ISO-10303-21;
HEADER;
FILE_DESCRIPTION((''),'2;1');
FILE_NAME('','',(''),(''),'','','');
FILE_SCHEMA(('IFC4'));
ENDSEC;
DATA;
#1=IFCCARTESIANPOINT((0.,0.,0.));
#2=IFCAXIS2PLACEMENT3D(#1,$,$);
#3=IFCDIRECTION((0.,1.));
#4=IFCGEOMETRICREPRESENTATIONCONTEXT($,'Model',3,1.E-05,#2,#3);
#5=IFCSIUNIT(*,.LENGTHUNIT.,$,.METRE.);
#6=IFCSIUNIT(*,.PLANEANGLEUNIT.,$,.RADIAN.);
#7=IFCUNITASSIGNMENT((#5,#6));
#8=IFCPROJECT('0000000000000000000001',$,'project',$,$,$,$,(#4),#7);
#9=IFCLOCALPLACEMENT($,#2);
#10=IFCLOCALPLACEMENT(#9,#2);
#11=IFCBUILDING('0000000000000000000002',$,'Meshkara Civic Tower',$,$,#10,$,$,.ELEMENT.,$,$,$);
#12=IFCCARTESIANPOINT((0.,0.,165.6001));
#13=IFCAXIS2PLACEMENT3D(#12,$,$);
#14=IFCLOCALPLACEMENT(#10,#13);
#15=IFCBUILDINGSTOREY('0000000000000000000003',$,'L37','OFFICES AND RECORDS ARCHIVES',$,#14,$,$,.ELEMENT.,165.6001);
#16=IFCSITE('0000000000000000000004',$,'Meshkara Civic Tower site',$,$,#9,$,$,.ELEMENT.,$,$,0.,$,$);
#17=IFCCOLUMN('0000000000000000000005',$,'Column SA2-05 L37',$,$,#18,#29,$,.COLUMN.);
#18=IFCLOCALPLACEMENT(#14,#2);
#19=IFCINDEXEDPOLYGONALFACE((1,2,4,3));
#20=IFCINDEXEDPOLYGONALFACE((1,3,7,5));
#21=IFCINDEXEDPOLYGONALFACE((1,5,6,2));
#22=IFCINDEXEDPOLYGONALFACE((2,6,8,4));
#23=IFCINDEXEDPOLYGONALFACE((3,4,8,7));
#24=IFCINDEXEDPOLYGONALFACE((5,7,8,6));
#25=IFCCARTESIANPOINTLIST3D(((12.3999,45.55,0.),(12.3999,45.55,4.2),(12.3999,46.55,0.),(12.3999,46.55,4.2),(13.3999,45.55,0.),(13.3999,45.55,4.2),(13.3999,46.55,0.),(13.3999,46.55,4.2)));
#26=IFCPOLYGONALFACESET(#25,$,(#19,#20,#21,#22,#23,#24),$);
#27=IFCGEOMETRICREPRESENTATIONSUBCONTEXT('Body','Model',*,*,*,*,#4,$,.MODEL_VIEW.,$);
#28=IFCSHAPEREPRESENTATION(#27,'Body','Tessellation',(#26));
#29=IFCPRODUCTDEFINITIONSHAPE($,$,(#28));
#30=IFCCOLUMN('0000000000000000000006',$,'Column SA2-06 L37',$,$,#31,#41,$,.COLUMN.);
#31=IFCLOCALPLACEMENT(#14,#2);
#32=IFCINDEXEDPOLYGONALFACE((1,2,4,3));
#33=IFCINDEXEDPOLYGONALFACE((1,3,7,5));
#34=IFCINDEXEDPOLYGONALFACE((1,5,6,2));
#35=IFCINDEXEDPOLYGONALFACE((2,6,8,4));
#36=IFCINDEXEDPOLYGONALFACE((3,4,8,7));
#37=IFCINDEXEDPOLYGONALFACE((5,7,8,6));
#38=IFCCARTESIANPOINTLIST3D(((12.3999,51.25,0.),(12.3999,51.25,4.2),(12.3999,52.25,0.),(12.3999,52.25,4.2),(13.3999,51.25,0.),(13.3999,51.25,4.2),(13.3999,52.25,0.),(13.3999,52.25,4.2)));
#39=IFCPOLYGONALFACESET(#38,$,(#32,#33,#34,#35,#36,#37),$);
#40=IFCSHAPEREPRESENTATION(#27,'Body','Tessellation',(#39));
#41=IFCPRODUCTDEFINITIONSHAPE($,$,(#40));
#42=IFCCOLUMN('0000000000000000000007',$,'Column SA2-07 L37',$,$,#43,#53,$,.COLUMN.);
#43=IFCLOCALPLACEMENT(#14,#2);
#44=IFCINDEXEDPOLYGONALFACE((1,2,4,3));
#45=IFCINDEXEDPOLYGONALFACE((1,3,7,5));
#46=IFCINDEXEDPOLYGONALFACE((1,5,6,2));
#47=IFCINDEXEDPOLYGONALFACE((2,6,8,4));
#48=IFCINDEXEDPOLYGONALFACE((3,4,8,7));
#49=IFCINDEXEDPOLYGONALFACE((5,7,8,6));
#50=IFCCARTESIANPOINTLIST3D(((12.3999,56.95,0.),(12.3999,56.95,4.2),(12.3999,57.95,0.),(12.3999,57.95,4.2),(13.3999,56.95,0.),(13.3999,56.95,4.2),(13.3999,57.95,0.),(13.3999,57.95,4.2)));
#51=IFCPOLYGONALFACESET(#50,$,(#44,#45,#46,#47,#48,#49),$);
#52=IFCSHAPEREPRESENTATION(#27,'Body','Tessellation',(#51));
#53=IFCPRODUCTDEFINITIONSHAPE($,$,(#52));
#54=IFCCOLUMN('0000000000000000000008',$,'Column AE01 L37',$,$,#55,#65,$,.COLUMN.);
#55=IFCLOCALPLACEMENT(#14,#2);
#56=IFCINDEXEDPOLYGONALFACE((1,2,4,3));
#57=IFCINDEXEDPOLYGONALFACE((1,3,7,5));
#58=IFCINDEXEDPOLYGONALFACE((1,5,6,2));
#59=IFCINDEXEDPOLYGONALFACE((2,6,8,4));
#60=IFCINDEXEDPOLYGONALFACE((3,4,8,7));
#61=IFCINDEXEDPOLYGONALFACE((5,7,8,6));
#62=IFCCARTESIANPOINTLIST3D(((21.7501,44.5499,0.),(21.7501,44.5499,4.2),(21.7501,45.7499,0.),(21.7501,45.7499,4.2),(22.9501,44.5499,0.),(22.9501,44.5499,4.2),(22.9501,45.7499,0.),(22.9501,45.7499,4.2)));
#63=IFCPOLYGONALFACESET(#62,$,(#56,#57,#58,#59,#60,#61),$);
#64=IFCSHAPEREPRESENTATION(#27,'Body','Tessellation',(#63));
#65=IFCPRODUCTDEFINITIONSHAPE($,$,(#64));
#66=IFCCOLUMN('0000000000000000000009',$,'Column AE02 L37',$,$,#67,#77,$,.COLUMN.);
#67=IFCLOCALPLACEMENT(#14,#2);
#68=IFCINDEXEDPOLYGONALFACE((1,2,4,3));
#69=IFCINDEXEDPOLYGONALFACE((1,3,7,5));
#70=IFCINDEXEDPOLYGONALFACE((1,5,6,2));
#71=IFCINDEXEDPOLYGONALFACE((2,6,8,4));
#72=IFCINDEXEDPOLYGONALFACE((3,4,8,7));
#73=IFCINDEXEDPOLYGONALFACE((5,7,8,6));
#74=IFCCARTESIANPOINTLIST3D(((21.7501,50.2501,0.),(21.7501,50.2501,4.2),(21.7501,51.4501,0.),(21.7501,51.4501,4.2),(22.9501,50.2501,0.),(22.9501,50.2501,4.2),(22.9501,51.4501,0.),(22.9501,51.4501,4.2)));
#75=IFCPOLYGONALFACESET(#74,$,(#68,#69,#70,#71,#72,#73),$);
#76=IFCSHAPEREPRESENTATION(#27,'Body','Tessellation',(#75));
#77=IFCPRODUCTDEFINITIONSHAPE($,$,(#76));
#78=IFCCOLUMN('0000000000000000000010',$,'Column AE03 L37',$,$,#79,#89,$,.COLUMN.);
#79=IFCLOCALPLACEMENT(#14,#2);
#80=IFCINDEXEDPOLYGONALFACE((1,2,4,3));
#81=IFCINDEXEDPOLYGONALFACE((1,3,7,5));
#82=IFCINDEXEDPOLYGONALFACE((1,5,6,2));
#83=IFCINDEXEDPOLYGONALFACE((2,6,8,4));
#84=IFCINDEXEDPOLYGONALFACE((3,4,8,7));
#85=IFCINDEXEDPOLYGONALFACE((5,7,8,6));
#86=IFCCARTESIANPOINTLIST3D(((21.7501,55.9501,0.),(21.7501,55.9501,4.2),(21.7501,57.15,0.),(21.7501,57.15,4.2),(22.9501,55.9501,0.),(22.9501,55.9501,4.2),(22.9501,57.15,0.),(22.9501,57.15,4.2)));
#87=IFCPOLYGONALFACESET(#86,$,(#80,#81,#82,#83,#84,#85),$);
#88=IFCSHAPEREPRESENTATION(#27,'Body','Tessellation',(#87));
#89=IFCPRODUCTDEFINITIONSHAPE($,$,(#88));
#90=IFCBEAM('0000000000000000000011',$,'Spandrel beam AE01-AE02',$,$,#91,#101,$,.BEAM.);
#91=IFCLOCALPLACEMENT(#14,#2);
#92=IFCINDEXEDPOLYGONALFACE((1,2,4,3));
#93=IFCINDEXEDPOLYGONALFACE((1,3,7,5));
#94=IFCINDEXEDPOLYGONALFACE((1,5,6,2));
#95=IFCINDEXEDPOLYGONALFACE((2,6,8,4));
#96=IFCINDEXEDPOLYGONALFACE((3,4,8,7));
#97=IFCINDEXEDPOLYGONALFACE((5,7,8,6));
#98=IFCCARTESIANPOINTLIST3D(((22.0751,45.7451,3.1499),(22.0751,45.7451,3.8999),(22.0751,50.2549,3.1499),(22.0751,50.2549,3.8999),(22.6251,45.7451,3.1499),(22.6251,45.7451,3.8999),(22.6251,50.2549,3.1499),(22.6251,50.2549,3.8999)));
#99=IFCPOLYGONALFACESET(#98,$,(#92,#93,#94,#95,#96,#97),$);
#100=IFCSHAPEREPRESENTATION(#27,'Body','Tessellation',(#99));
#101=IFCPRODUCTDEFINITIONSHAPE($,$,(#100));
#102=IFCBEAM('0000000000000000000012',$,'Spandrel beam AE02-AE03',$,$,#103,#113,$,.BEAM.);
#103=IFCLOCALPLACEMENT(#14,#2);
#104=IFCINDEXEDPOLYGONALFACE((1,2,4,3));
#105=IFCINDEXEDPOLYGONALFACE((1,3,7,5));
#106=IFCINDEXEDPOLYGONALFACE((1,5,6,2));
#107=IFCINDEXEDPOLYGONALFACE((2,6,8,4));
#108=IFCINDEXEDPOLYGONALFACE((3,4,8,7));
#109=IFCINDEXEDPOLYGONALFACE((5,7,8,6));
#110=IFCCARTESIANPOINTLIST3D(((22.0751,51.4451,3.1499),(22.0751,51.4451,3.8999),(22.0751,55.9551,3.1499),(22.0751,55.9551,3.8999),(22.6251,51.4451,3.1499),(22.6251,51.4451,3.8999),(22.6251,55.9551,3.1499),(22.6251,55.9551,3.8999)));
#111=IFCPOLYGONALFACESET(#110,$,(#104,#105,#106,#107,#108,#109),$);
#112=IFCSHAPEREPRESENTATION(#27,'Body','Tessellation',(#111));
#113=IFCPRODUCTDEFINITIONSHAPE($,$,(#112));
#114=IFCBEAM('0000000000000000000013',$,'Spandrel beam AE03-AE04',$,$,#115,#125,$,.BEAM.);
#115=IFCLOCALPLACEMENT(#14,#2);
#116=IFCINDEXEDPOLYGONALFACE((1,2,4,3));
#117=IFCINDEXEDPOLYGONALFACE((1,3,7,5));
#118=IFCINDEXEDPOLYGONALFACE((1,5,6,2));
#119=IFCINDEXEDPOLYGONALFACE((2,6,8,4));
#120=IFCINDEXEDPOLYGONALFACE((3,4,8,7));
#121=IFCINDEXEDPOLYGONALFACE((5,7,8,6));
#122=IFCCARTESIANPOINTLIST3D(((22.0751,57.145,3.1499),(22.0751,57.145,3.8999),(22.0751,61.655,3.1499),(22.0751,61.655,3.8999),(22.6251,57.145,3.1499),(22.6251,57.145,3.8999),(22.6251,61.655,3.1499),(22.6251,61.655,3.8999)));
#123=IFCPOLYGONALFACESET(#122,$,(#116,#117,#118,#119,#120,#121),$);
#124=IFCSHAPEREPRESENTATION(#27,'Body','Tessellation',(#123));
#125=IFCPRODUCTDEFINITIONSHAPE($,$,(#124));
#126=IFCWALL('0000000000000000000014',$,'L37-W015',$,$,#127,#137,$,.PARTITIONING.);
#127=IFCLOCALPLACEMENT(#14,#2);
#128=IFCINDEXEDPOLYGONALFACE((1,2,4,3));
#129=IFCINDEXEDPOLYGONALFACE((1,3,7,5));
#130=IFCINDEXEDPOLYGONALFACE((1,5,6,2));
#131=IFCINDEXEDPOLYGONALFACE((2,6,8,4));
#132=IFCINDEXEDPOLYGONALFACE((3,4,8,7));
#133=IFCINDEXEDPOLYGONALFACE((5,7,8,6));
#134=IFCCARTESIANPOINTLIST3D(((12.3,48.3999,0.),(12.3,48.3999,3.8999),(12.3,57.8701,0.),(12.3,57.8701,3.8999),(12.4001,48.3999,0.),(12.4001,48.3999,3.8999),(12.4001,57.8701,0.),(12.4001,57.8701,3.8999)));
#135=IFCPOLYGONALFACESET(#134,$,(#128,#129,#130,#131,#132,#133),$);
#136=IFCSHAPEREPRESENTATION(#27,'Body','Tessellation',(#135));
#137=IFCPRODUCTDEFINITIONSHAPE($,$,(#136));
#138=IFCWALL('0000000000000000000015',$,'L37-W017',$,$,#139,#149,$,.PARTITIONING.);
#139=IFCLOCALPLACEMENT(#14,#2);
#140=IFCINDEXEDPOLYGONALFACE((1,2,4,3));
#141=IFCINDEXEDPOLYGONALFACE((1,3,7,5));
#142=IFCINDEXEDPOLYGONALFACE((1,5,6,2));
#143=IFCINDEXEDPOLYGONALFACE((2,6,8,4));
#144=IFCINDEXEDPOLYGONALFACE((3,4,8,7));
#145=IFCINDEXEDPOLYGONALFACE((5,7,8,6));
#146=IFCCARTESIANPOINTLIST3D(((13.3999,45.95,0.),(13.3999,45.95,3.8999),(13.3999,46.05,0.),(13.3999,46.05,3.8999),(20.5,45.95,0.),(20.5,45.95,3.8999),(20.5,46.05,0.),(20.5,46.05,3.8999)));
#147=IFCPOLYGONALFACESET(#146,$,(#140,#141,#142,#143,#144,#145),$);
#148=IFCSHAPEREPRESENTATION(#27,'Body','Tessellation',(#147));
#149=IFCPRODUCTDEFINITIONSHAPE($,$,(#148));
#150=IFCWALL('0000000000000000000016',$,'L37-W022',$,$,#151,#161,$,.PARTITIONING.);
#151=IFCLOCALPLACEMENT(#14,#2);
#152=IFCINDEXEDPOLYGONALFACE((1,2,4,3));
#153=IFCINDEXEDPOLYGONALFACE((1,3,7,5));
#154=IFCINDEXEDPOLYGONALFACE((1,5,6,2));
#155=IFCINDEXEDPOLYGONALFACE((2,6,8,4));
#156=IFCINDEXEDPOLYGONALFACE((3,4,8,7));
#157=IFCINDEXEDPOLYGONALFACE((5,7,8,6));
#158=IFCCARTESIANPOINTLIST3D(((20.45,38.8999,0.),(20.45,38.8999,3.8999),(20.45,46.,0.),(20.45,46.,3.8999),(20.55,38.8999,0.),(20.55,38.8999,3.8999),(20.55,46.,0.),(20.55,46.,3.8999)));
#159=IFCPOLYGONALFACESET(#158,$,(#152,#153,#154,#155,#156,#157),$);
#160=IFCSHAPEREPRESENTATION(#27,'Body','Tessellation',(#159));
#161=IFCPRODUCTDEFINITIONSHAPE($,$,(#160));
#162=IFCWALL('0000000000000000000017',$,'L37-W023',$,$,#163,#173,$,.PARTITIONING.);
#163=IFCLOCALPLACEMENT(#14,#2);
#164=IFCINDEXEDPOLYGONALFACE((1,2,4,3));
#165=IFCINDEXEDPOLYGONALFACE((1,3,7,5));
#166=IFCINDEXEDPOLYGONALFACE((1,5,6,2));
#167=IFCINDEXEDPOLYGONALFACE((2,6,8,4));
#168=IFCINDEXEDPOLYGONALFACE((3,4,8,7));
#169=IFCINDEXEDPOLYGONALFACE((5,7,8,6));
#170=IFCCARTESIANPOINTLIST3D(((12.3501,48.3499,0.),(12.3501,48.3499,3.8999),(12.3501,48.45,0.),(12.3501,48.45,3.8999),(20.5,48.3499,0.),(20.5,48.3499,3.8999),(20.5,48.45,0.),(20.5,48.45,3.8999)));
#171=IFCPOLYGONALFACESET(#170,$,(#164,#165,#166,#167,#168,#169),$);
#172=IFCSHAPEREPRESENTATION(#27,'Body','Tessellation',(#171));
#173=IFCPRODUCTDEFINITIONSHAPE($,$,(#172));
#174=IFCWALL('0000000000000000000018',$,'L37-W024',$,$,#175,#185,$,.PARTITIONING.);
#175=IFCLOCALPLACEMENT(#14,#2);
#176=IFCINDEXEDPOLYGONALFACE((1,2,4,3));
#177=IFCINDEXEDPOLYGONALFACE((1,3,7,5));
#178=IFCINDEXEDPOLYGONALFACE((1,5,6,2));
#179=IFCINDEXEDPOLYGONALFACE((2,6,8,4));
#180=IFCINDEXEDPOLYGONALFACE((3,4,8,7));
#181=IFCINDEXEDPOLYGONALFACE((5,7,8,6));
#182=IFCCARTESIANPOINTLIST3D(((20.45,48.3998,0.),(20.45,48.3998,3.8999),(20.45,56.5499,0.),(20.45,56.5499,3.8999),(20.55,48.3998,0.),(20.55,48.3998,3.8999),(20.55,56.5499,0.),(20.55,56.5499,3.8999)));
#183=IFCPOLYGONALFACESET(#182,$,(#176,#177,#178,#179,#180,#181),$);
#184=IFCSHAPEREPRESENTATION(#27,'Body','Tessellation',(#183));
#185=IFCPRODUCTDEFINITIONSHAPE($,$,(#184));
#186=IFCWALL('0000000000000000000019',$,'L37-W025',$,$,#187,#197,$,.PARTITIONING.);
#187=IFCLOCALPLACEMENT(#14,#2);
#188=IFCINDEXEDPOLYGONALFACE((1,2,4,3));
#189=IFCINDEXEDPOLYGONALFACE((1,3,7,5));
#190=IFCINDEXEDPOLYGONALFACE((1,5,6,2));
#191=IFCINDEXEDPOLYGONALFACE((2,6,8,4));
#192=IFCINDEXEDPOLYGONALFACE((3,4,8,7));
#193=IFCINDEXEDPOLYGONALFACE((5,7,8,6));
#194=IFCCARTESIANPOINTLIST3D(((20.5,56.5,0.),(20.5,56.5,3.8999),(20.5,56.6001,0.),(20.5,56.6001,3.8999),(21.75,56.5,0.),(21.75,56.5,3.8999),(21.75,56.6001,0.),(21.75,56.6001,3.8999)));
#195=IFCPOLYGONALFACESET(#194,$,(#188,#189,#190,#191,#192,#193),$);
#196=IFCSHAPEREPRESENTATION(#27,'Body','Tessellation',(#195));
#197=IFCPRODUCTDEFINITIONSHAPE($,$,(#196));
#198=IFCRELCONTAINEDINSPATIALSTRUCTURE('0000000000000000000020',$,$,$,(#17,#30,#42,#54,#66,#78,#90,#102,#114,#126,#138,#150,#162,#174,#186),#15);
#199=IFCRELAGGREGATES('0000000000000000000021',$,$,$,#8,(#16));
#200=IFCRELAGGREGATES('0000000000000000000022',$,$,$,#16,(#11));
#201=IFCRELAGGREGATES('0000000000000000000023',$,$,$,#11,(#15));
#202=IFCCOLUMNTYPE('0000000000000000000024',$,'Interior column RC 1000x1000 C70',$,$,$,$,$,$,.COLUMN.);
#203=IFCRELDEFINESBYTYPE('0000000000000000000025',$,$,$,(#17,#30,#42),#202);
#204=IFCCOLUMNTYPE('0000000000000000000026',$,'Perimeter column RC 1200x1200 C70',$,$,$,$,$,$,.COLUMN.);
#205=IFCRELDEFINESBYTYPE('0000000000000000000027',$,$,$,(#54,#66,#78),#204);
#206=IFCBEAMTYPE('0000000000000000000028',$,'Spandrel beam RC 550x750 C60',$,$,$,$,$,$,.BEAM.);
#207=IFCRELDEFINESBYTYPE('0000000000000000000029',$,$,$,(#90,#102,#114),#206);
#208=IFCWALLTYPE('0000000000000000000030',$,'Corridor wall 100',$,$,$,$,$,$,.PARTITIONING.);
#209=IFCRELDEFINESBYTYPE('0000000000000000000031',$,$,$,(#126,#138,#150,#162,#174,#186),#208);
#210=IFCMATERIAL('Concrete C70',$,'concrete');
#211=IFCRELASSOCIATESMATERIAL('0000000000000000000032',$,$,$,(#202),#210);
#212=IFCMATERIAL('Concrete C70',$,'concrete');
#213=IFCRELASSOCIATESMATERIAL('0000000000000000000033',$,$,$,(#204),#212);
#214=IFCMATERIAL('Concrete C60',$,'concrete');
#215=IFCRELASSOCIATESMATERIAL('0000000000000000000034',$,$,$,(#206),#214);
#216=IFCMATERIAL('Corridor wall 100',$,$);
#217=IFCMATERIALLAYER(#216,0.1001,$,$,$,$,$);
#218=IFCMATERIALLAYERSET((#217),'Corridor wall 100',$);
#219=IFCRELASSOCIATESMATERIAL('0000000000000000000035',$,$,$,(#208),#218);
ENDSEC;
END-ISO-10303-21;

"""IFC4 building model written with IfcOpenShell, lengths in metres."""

from ifc_helpers import new_model, si_unit, direction, frame, frame_2d, origin, origin_2d, place, context, subcontext, project, spatial, rectangle, extrude, material, layer, layer_set, material_profile, profile_set, type_object, element, save


model = new_model("IFC4")

# Units and contexts
model_context = context("Model", 3, precision=1e-05, world=origin(), true_north=direction((0.0, 1.0)))
body_context = subcontext(model_context, "Body", "Model", "MODEL_VIEW")
ifc_project = project(units=[si_unit("LENGTHUNIT", "METRE"), si_unit("PLANEANGLEUNIT", "RADIAN")], contexts=[model_context])

# Site, building, storey
site_placement = place(None, origin())
site = spatial("IfcSite", under=ifc_project, at=site_placement, Name="Meshkara Civic Tower site", CompositionType="ELEMENT", RefElevation=0.0)
building_placement = place(site_placement, origin())
building = spatial("IfcBuilding", under=site, at=building_placement, Name="Meshkara Civic Tower", CompositionType="ELEMENT")
storey_placement = place(building_placement, frame((0.0, 0.0, 165.6001)))
storey = spatial("IfcBuildingStorey", under=building, at=storey_placement, Name="L37", Description="OFFICES AND RECORDS ARCHIVES", CompositionType="ELEMENT", Elevation=165.6001)

# Columns
ifc_material_1 = material(Name="Concrete C70", Category="concrete")
ifc_material_profile_1 = material_profile(ifc_material_1, rectangle(XDim=1.0, YDim=1.0, at=origin_2d()))
ifc_profile_set_1 = profile_set([ifc_material_profile_1], Name="Concrete C70")
column_type_1 = type_object("IfcColumnType", Name="Interior column RC 1000x1000 C70", PredefinedType="COLUMN", material=ifc_profile_set_1)
for number, where, z_axis, x_axis, name in (
    (1, (12.8999, 46.05, 0.0), (0.0, 0.0, 1.0), (1.0, 0.0, 0.0), "Column SA2-05 L37"),
    (2, (12.8999, 51.75, 0.0), (0.0, 0.0, 1.0), (1.0, 0.0, 0.0), "Column SA2-06 L37"),
    (3, (12.8999, 57.45, 0.0), (0.0, 0.0, 1.0), (1.0, 0.0, 0.0), "Column SA2-07 L37"),
):
    element("IfcColumn", number, at=place(storey_placement, frame(where, z_axis=z_axis, x_axis=x_axis)), inside=storey, type_object=column_type_1, Name=name, PredefinedType="COLUMN", context=body_context, shape_type="SweptSolid", body=[
        extrude(rectangle(XDim=1.0, YDim=1.0, at=origin_2d()), origin(), (0.0, 0.0, 1.0), 4.2),
    ])
ifc_material_2 = material(Name="Concrete C70", Category="concrete")
ifc_material_profile_2 = material_profile(ifc_material_2, rectangle(XDim=1.2, YDim=1.2, at=origin_2d()))
ifc_profile_set_2 = profile_set([ifc_material_profile_2], Name="Concrete C70")
column_type_2 = type_object("IfcColumnType", Name="Perimeter column RC 1200x1200 C70", PredefinedType="COLUMN", material=ifc_profile_set_2)
for number, where, z_axis, x_axis, name in (
    (4, (22.3501, 45.1499, 0.0), (0.0, 0.0, 1.0), (1.0, 0.0, 0.0), "Column AE01 L37"),
    (5, (22.3501, 50.8501, 0.0), (0.0, 0.0, 1.0), (1.0, 0.0, 0.0), "Column AE02 L37"),
    (6, (22.3501, 56.55, 0.0), (0.0, 0.0, 1.0), (1.0, 0.0, 0.0), "Column AE03 L37"),
):
    element("IfcColumn", number, at=place(storey_placement, frame(where, z_axis=z_axis, x_axis=x_axis)), inside=storey, type_object=column_type_2, Name=name, PredefinedType="COLUMN", context=body_context, shape_type="SweptSolid", body=[
        extrude(rectangle(XDim=1.2, YDim=1.2, at=origin_2d()), origin(), (0.0, 0.0, 1.0), 4.2),
    ])

# Beams
ifc_material_3 = material(Name="Concrete C60", Category="concrete")
ifc_material_profile_3 = material_profile(ifc_material_3, rectangle(XDim=0.55, YDim=0.75, at=origin_2d()))
ifc_profile_set_3 = profile_set([ifc_material_profile_3], Name="Concrete C60")
beam_type = type_object("IfcBeamType", Name="Spandrel beam RC 550x750 C60", PredefinedType="BEAM", material=ifc_profile_set_3)
beam_placement = place(storey_placement, frame((22.3501, 45.7451, 3.5249), z_axis=(0.0, 1.0, 0.0), x_axis=(-1.0, 0.0, 0.0)))
element("IfcBeam", 7, at=beam_placement, inside=storey, type_object=beam_type, Name="Spandrel beam AE01-AE02", PredefinedType="BEAM", context=body_context, shape_type="SweptSolid", body=[
    extrude(rectangle(XDim=0.55, YDim=0.75, at=origin_2d()), origin(), (0.0, 0.0, 1.0), 4.5098),
])
for number, where, z_axis, x_axis, name in (
    (8, (22.3501, 51.4451, 3.5249), (0.0, 1.0, 0.0), (-1.0, 0.0, 0.0), "Spandrel beam AE02-AE03"),
    (9, (22.3501, 57.145, 3.5249), (0.0, 1.0, 0.0), (-1.0, 0.0, 0.0), "Spandrel beam AE03-AE04"),
):
    element("IfcBeam", number, at=place(storey_placement, frame(where, z_axis=z_axis, x_axis=x_axis)), inside=storey, type_object=beam_type, Name=name, PredefinedType="BEAM", context=body_context, shape_type="SweptSolid", body=[
        extrude(rectangle(XDim=0.55, YDim=0.75, at=origin_2d()), origin(), (0.0, 0.0, 1.0), 4.51),
    ])

# Walls
ifc_material_4 = material(Name="Corridor wall 100")
ifc_layer_1 = layer(ifc_material_4, 0.1001)
ifc_layer_set_1 = layer_set([ifc_layer_1], Name="Corridor wall 100")
wall_type_1 = type_object("IfcWallType", Name="Corridor wall 100", PredefinedType="PARTITIONING", material=ifc_layer_set_1)
wall_1_placement = place(storey_placement, frame((12.3501, 48.3999, 0.0), z_axis=(0.0, 0.0, 1.0), x_axis=(0.0, 1.0, 0.0)))
element("IfcWall", 10, at=wall_1_placement, inside=storey, type_object=wall_type_1, Name="L37-W015", PredefinedType="PARTITIONING", context=body_context, shape_type="SweptSolid", body=[
    extrude(rectangle(XDim=9.4702, YDim=0.1001, at=frame_2d((4.7351, 0.0))), origin(), (0.0, 0.0, 1.0), 3.8999),
])
for number, where, z_axis, x_axis, name in (
    (11, (13.3999, 46.0, 0.0), (0.0, 0.0, 1.0), (1.0, 0.0, 0.0), "L37-W017"),
    (12, (20.5, 46.0, 0.0), (0.0, 0.0, 1.0), (0.0, -1.0, 0.0), "L37-W022"),
):
    element("IfcWall", number, at=place(storey_placement, frame(where, z_axis=z_axis, x_axis=x_axis)), inside=storey, type_object=wall_type_1, Name=name, PredefinedType="PARTITIONING", context=body_context, shape_type="SweptSolid", body=[
        extrude(rectangle(XDim=7.1001, YDim=0.1001, at=frame_2d((3.55, 0.0))), origin(), (0.0, 0.0, 1.0), 3.8999),
    ])
wall_2_placement = place(storey_placement, frame((20.5, 48.3999, 0.0), z_axis=(0.0, 0.0, 1.0), x_axis=(-1.0, 0.0, 0.0)))
element("IfcWall", 13, at=wall_2_placement, inside=storey, type_object=wall_type_1, Name="L37-W023", PredefinedType="PARTITIONING", context=body_context, shape_type="SweptSolid", body=[
    extrude(rectangle(XDim=8.1499, YDim=0.1001, at=frame_2d((4.075, 0.0))), origin(), (0.0, 0.0, 1.0), 3.8999),
])
wall_3_placement = place(storey_placement, frame((20.5, 56.55, 0.0), z_axis=(0.0, 0.0, 1.0), x_axis=(0.0, -1.0, 0.0)))
element("IfcWall", 14, at=wall_3_placement, inside=storey, type_object=wall_type_1, Name="L37-W024", PredefinedType="PARTITIONING", context=body_context, shape_type="SweptSolid", body=[
    extrude(rectangle(XDim=8.1501, YDim=0.1001, at=frame_2d((4.0752, 0.0))), origin(), (0.0, 0.0, 1.0), 3.8999),
])
wall_4_placement = place(storey_placement, frame((21.75, 56.55, 0.0), z_axis=(0.0, 0.0, 1.0), x_axis=(-1.0, 0.0, 0.0)))
element("IfcWall", 15, at=wall_4_placement, inside=storey, type_object=wall_type_1, Name="L37-W025", PredefinedType="PARTITIONING", context=body_context, shape_type="SweptSolid", body=[
    extrude(rectangle(XDim=1.25, YDim=0.1001, at=frame_2d((0.625, 0.0))), origin(), (0.0, 0.0, 1.0), 3.8999),
])

save(model, "model.ifc")
